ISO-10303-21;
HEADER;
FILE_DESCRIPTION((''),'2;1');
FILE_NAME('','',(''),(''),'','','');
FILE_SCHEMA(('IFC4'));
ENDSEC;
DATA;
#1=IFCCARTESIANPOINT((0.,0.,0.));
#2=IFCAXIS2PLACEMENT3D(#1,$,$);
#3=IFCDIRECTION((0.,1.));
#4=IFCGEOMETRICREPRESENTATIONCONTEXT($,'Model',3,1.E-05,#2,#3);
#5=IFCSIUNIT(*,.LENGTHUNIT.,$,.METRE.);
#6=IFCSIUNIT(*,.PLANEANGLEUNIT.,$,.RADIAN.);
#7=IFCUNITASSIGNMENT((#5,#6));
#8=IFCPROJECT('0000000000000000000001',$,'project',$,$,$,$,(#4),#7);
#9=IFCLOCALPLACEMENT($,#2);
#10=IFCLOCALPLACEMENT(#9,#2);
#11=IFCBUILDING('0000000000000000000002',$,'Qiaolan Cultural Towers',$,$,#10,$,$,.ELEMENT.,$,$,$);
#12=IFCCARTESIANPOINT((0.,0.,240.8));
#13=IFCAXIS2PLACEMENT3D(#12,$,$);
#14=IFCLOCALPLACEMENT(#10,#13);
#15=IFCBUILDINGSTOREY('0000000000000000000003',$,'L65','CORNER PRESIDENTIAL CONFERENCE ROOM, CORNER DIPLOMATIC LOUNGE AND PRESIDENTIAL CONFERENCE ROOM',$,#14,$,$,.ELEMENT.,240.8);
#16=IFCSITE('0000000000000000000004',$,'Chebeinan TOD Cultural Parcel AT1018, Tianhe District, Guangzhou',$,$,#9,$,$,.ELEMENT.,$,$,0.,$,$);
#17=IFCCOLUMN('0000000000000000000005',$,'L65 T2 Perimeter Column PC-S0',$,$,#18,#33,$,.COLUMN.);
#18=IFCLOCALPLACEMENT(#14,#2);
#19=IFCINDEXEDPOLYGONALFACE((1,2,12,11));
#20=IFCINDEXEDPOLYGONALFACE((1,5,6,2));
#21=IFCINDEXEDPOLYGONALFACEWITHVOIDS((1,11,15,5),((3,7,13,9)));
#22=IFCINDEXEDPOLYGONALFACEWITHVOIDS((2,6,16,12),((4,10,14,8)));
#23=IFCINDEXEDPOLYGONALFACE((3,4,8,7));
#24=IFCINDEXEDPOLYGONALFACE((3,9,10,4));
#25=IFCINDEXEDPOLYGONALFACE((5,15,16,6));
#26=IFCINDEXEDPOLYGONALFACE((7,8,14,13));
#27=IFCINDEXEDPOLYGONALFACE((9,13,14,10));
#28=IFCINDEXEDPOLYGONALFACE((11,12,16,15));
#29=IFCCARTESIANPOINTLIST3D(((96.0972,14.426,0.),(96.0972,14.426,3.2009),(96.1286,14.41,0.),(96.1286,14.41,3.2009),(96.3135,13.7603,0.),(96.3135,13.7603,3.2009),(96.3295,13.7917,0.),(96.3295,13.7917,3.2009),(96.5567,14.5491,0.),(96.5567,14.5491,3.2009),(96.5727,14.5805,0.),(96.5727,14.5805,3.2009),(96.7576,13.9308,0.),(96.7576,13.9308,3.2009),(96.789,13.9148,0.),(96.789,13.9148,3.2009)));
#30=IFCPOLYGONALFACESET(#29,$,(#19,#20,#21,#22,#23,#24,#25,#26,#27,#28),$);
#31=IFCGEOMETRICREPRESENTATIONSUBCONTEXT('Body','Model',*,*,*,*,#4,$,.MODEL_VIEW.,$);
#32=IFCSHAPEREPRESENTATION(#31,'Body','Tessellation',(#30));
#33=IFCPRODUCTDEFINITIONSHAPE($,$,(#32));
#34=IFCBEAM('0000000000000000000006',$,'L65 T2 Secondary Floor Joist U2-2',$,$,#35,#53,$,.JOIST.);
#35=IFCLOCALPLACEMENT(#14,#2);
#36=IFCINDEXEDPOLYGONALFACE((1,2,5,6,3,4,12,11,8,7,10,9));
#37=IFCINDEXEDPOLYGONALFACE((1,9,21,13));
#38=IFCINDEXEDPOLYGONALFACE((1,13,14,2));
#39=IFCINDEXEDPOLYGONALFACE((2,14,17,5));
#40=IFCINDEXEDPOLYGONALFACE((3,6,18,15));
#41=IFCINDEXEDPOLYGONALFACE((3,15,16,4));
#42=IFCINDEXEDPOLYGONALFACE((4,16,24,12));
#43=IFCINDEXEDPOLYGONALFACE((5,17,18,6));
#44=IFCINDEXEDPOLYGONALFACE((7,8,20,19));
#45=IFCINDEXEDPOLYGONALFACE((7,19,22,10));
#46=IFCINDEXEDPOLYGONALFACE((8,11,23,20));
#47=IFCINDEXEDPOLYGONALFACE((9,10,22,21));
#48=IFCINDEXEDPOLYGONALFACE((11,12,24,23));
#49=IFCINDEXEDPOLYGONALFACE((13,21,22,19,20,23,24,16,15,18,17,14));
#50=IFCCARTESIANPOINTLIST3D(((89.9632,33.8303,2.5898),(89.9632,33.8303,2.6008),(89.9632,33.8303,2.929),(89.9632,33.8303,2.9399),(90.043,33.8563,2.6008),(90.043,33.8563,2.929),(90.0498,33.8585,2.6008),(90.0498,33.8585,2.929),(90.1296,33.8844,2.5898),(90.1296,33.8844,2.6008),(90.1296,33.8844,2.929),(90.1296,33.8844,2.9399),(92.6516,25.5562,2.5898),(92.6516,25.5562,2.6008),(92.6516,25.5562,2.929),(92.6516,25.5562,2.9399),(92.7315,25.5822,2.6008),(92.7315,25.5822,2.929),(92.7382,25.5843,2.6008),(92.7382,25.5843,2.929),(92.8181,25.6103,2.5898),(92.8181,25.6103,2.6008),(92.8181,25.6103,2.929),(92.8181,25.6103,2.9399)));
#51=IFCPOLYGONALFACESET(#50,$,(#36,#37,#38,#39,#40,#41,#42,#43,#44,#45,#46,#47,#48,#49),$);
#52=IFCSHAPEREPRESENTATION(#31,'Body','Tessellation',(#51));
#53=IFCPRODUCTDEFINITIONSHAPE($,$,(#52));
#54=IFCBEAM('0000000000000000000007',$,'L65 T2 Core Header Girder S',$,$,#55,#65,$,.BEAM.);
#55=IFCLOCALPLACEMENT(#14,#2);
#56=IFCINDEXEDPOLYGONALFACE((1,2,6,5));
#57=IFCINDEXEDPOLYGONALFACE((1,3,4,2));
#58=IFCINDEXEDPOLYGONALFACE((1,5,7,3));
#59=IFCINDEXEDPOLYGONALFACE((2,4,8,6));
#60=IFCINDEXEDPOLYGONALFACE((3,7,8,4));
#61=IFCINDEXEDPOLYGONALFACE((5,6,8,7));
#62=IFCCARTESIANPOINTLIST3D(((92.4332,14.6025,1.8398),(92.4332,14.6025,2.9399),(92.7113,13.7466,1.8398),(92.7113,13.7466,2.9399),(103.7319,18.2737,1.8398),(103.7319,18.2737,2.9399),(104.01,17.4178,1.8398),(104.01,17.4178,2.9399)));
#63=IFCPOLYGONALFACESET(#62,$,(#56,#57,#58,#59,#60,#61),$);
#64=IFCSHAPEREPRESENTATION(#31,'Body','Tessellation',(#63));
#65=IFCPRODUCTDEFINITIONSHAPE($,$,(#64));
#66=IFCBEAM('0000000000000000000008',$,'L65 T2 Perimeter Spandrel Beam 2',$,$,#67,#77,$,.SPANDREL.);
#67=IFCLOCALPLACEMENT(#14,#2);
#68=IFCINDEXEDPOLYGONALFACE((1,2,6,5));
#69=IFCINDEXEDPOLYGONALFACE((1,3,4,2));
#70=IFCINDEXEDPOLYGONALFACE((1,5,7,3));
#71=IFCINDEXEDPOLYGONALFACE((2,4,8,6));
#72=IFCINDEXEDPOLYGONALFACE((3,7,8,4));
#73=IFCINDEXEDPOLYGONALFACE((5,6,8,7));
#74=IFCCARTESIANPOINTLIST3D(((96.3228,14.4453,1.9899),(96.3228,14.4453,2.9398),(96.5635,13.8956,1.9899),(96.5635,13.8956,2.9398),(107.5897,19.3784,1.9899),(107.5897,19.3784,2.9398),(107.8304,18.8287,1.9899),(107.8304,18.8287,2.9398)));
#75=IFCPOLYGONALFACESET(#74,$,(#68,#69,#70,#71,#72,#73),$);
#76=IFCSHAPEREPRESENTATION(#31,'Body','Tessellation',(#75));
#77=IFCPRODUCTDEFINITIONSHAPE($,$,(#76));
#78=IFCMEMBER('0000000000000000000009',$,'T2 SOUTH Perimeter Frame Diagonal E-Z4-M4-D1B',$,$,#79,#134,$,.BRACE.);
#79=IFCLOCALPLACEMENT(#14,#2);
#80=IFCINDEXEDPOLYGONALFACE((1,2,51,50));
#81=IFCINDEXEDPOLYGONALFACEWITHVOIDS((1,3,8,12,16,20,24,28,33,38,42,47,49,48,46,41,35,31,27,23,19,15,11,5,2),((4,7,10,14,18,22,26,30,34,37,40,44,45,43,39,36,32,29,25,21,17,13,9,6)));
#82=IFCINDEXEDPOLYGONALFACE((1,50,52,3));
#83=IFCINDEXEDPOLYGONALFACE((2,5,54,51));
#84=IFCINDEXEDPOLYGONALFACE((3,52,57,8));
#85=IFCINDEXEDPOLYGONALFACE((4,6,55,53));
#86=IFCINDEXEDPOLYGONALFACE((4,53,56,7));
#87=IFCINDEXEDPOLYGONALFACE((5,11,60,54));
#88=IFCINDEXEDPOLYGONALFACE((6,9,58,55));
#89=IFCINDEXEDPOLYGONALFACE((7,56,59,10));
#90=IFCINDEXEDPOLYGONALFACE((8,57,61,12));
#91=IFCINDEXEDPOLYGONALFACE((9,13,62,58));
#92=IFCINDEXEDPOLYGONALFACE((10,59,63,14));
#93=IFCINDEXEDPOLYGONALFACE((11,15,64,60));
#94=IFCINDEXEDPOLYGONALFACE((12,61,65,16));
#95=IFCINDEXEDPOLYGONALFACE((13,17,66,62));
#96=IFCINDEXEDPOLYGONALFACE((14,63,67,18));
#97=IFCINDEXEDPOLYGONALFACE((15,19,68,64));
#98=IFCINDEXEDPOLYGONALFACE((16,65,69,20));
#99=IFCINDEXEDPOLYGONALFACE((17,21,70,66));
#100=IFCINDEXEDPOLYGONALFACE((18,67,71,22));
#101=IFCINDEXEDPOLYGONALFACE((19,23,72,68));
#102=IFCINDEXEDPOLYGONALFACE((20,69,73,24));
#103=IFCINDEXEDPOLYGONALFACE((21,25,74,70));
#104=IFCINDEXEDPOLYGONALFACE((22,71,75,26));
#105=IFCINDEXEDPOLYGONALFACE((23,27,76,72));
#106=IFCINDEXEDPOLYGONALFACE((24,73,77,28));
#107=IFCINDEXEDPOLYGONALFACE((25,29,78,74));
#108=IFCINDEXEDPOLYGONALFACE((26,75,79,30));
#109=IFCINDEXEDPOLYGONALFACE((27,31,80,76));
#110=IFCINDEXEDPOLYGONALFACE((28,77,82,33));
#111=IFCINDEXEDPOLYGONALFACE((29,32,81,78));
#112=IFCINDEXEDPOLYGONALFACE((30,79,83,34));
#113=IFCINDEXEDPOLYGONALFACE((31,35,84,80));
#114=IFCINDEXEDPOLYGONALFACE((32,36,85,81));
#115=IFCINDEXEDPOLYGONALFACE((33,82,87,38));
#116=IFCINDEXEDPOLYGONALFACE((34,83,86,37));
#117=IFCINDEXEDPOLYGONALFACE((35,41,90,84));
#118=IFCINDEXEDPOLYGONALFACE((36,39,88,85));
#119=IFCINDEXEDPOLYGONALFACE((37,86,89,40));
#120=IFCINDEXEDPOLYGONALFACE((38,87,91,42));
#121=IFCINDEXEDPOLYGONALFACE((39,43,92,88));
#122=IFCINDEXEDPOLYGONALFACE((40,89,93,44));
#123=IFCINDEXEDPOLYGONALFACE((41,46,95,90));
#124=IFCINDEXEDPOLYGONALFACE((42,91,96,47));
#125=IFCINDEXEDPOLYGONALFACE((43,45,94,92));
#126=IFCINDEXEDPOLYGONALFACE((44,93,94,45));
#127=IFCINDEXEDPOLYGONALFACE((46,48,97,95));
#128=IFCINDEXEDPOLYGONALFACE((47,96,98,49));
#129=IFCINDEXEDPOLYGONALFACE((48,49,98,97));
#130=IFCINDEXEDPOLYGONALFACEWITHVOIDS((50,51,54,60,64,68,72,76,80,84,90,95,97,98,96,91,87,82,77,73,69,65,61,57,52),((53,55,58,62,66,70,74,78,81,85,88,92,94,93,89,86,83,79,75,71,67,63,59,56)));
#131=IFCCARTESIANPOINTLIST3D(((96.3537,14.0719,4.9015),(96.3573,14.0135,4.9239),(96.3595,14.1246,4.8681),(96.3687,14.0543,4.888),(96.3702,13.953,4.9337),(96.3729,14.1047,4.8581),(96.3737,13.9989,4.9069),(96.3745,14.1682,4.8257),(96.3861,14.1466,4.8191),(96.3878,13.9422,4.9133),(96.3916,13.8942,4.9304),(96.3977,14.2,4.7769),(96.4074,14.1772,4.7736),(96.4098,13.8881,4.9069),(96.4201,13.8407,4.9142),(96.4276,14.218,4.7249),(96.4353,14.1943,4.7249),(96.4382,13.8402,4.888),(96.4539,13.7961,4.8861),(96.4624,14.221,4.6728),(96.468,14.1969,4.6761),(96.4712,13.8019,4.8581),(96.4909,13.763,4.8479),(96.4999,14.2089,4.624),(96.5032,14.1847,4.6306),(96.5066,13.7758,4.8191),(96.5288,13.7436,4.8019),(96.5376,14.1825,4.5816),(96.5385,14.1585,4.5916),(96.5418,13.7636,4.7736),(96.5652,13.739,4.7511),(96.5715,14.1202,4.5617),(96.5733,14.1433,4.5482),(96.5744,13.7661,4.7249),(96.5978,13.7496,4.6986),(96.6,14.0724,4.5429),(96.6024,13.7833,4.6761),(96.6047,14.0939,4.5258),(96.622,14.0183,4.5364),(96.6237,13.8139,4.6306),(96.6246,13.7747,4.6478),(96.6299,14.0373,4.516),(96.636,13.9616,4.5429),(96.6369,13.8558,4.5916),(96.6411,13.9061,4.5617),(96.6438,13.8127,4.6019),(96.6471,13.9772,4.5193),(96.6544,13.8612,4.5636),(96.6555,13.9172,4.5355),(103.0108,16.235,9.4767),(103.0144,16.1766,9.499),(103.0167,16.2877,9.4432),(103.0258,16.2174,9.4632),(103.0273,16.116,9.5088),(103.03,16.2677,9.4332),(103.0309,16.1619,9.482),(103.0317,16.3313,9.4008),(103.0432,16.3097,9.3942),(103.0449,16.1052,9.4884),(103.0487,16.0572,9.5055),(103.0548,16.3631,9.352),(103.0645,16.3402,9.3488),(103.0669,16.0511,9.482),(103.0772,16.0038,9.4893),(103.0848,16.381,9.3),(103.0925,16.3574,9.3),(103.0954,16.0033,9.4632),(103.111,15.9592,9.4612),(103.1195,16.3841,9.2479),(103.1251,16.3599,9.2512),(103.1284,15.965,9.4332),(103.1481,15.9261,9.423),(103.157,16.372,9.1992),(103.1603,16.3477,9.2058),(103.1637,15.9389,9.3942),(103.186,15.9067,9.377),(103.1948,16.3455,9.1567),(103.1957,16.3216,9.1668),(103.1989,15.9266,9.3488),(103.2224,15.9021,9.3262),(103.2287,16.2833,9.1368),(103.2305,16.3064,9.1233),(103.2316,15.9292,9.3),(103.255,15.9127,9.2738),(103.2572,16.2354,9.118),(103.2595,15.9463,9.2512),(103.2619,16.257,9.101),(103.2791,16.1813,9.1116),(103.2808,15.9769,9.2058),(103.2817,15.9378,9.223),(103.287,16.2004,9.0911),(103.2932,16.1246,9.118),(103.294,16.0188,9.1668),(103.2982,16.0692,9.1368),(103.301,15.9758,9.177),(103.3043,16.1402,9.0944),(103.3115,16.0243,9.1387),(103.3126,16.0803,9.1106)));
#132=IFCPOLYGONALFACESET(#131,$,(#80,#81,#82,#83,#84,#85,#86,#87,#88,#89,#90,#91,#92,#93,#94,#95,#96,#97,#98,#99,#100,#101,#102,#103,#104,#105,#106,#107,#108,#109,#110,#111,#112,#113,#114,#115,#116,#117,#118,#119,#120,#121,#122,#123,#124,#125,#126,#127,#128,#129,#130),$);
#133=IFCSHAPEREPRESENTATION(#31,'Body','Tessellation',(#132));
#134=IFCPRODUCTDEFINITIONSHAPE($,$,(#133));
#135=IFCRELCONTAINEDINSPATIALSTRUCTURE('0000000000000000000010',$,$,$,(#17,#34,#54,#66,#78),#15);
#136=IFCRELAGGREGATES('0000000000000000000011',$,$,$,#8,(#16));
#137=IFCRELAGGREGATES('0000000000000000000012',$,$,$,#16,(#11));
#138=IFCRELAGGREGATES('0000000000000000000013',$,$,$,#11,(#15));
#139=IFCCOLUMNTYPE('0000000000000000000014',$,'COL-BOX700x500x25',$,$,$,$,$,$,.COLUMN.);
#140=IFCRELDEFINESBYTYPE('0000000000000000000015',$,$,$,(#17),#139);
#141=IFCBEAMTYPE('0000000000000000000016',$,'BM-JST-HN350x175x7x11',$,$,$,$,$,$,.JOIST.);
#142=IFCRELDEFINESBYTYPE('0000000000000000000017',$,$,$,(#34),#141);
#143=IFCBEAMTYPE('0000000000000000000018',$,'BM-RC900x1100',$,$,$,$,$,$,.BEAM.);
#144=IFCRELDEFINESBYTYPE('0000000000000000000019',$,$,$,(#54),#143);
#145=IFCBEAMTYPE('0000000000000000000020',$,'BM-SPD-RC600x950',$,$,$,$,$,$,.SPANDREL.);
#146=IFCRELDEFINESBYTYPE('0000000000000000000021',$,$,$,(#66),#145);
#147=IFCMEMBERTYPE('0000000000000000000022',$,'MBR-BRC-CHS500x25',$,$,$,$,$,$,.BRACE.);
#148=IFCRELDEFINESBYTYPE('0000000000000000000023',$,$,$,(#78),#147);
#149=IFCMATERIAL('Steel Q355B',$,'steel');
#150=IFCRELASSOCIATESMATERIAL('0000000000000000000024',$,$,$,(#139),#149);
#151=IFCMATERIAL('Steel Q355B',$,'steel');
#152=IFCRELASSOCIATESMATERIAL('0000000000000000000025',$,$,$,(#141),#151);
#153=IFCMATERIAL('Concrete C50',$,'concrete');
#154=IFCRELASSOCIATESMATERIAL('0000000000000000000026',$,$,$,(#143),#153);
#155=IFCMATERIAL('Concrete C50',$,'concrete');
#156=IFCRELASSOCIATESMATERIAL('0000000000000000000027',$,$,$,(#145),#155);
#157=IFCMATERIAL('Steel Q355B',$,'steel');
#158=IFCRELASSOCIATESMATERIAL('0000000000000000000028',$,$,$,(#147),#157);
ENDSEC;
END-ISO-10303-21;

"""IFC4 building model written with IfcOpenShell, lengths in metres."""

from ifc_helpers import new_model, si_unit, direction, frame, origin, origin_2d, place, context, subcontext, project, spatial, rectangle, hollow_rectangle, hollow_circle, i_section, extrude, material, material_profile, profile_set, type_object, element, save


model = new_model("IFC4")

# Units and contexts
model_context = context("Model", 3, precision=1e-05, world=origin(), true_north=direction((0.0, 1.0)))
body_context = subcontext(model_context, "Body", "Model", "MODEL_VIEW")
ifc_project = project(units=[si_unit("LENGTHUNIT", "METRE"), si_unit("PLANEANGLEUNIT", "RADIAN")], contexts=[model_context])

# Site, building, storey
site_placement = place(None, origin())
site = spatial("IfcSite", under=ifc_project, at=site_placement, Name="Chebeinan TOD Cultural Parcel AT1018, Tianhe District, Guangzhou", CompositionType="ELEMENT", RefElevation=0.0)
building_placement = place(site_placement, origin())
building = spatial("IfcBuilding", under=site, at=building_placement, Name="Qiaolan Cultural Towers", CompositionType="ELEMENT")
storey_placement = place(building_placement, frame((0.0, 0.0, 240.8)))
storey = spatial("IfcBuildingStorey", under=building, at=storey_placement, Name="L65", Description="CORNER PRESIDENTIAL CONFERENCE ROOM, CORNER DIPLOMATIC LOUNGE AND PRESIDENTIAL CONFERENCE ROOM", CompositionType="ELEMENT", Elevation=240.8)

# Column
ifc_material_1 = material(Name="Steel Q355B", Category="steel")
ifc_material_profile_1 = material_profile(ifc_material_1, hollow_rectangle(XDim=0.5, YDim=0.7, WallThickness=0.0249, at=origin_2d()), Name="BOX700x500x25")
ifc_profile_set_1 = profile_set([ifc_material_profile_1], Name="Steel Q355B")
column_type = type_object("IfcColumnType", Name="COL-BOX700x500x25", PredefinedType="COLUMN", material=ifc_profile_set_1)
column_placement = place(storey_placement, frame((96.4431, 14.1704, 0.0), z_axis=(0.0, 0.0, 1.0), x_axis=(0.951057, 0.309017, 0.0)))
element("IfcColumn", 1, at=column_placement, inside=storey, type_object=column_type, Name="L65 T2 Perimeter Column PC-S0", PredefinedType="COLUMN", context=body_context, shape_type="SweptSolid", body=[
    extrude(hollow_rectangle(XDim=0.5, YDim=0.7, WallThickness=0.0249, at=origin_2d()), origin(), (0.0, 0.0, 1.0), 3.2009),
])

# Beams
ifc_material_2 = material(Name="Steel Q355B", Category="steel")
ifc_material_profile_2 = material_profile(ifc_material_2, i_section(OverallWidth=0.175, OverallDepth=0.3501, WebThickness=0.0071, FlangeThickness=0.011, at=origin_2d()), Name="HN350x175x7x11")
ifc_profile_set_2 = profile_set([ifc_material_profile_2], Name="Steel Q355B")
beam_type_1 = type_object("IfcBeamType", Name="BM-JST-HN350x175x7x11", PredefinedType="JOIST", material=ifc_profile_set_2)
beam_1_placement = place(storey_placement, frame((92.7349, 25.5833, 2.7649), z_axis=(-0.309021, 0.951055, 0.0), x_axis=(-0.951055, -0.309021, 0.0)))
element("IfcBeam", 2, at=beam_1_placement, inside=storey, type_object=beam_type_1, Name="L65 T2 Secondary Floor Joist U2-2", PredefinedType="JOIST", context=body_context, shape_type="SweptSolid", body=[
    extrude(i_section(OverallWidth=0.175, OverallDepth=0.3501, WebThickness=0.0071, FlangeThickness=0.011, at=origin_2d()), origin(), (0.0, 0.0, 1.0), 8.7),
])
ifc_material_3 = material(Name="Concrete C50", Category="concrete")
ifc_material_profile_3 = material_profile(ifc_material_3, rectangle(XDim=0.8999, YDim=1.1001, at=origin_2d()), Name="RC900x1100")
ifc_profile_set_3 = profile_set([ifc_material_profile_3], Name="Concrete C50")
beam_type_2 = type_object("IfcBeamType", Name="BM-RC900x1100", PredefinedType="BEAM", material=ifc_profile_set_3)
beam_2_placement = place(storey_placement, frame((92.5723, 14.1746, 2.3899), z_axis=(0.951056, 0.309018, 0.0), x_axis=(-0.309018, 0.951056, 0.0)))
element("IfcBeam", 3, at=beam_2_placement, inside=storey, type_object=beam_type_2, Name="L65 T2 Core Header Girder S", PredefinedType="BEAM", context=body_context, shape_type="SweptSolid", body=[
    extrude(rectangle(XDim=0.8999, YDim=1.1001, at=origin_2d()), origin(), (0.0, 0.0, 1.0), 11.8801),
])
ifc_material_4 = material(Name="Concrete C50", Category="concrete")
ifc_material_profile_4 = material_profile(ifc_material_4, rectangle(XDim=0.6001, YDim=0.95, at=origin_2d()), Name="RC600x950")
ifc_profile_set_4 = profile_set([ifc_material_profile_4], Name="Concrete C50")
beam_type_3 = type_object("IfcBeamType", Name="BM-SPD-RC600x950", PredefinedType="SPANDREL", material=ifc_profile_set_4)
beam_3_placement = place(storey_placement, frame((96.4431, 14.1704, 2.4648), z_axis=(0.916042, 0.401082, 0.0), x_axis=(-0.401082, 0.916042, 0.0)))
element("IfcBeam", 4, at=beam_3_placement, inside=storey, type_object=beam_type_3, Name="L65 T2 Perimeter Spandrel Beam 2", PredefinedType="SPANDREL", context=body_context, shape_type="SweptSolid", body=[
    extrude(rectangle(XDim=0.6001, YDim=0.95, at=origin_2d()), origin(), (0.0, 0.0, 1.0), 12.2996),
])

# Member
ifc_material_5 = material(Name="Steel Q355B", Category="steel")
ifc_material_profile_5 = material_profile(ifc_material_5, hollow_circle(Radius=0.25, WallThickness=0.0249, at=origin_2d()), Name="CHS500x25")
ifc_profile_set_5 = profile_set([ifc_material_profile_5], Name="Steel Q355B")
member_type = type_object("IfcMemberType", Name="MBR-BRC-CHS500x25", PredefinedType="BRACE", material=ifc_profile_set_5)
member_1_placement = place(storey_placement, frame((96.5049, 13.9802, 4.7249), z_axis=(0.796089, 0.258668, 0.547114), x_axis=(-0.30902, 0.951056, 0.0)))
element("IfcMember", 5, at=member_1_placement, inside=storey, type_object=member_type, Name="T2 SOUTH Perimeter Frame Diagonal E-Z4-M4-D1B", PredefinedType="BRACE", context=body_context, shape_type="SweptSolid", body=[
    extrude(hollow_circle(Radius=0.25, WallThickness=0.0249, at=origin_2d()), origin(), (0.0, 0.0, 1.0), 8.3623),
])

save(model, "model.ifc")
